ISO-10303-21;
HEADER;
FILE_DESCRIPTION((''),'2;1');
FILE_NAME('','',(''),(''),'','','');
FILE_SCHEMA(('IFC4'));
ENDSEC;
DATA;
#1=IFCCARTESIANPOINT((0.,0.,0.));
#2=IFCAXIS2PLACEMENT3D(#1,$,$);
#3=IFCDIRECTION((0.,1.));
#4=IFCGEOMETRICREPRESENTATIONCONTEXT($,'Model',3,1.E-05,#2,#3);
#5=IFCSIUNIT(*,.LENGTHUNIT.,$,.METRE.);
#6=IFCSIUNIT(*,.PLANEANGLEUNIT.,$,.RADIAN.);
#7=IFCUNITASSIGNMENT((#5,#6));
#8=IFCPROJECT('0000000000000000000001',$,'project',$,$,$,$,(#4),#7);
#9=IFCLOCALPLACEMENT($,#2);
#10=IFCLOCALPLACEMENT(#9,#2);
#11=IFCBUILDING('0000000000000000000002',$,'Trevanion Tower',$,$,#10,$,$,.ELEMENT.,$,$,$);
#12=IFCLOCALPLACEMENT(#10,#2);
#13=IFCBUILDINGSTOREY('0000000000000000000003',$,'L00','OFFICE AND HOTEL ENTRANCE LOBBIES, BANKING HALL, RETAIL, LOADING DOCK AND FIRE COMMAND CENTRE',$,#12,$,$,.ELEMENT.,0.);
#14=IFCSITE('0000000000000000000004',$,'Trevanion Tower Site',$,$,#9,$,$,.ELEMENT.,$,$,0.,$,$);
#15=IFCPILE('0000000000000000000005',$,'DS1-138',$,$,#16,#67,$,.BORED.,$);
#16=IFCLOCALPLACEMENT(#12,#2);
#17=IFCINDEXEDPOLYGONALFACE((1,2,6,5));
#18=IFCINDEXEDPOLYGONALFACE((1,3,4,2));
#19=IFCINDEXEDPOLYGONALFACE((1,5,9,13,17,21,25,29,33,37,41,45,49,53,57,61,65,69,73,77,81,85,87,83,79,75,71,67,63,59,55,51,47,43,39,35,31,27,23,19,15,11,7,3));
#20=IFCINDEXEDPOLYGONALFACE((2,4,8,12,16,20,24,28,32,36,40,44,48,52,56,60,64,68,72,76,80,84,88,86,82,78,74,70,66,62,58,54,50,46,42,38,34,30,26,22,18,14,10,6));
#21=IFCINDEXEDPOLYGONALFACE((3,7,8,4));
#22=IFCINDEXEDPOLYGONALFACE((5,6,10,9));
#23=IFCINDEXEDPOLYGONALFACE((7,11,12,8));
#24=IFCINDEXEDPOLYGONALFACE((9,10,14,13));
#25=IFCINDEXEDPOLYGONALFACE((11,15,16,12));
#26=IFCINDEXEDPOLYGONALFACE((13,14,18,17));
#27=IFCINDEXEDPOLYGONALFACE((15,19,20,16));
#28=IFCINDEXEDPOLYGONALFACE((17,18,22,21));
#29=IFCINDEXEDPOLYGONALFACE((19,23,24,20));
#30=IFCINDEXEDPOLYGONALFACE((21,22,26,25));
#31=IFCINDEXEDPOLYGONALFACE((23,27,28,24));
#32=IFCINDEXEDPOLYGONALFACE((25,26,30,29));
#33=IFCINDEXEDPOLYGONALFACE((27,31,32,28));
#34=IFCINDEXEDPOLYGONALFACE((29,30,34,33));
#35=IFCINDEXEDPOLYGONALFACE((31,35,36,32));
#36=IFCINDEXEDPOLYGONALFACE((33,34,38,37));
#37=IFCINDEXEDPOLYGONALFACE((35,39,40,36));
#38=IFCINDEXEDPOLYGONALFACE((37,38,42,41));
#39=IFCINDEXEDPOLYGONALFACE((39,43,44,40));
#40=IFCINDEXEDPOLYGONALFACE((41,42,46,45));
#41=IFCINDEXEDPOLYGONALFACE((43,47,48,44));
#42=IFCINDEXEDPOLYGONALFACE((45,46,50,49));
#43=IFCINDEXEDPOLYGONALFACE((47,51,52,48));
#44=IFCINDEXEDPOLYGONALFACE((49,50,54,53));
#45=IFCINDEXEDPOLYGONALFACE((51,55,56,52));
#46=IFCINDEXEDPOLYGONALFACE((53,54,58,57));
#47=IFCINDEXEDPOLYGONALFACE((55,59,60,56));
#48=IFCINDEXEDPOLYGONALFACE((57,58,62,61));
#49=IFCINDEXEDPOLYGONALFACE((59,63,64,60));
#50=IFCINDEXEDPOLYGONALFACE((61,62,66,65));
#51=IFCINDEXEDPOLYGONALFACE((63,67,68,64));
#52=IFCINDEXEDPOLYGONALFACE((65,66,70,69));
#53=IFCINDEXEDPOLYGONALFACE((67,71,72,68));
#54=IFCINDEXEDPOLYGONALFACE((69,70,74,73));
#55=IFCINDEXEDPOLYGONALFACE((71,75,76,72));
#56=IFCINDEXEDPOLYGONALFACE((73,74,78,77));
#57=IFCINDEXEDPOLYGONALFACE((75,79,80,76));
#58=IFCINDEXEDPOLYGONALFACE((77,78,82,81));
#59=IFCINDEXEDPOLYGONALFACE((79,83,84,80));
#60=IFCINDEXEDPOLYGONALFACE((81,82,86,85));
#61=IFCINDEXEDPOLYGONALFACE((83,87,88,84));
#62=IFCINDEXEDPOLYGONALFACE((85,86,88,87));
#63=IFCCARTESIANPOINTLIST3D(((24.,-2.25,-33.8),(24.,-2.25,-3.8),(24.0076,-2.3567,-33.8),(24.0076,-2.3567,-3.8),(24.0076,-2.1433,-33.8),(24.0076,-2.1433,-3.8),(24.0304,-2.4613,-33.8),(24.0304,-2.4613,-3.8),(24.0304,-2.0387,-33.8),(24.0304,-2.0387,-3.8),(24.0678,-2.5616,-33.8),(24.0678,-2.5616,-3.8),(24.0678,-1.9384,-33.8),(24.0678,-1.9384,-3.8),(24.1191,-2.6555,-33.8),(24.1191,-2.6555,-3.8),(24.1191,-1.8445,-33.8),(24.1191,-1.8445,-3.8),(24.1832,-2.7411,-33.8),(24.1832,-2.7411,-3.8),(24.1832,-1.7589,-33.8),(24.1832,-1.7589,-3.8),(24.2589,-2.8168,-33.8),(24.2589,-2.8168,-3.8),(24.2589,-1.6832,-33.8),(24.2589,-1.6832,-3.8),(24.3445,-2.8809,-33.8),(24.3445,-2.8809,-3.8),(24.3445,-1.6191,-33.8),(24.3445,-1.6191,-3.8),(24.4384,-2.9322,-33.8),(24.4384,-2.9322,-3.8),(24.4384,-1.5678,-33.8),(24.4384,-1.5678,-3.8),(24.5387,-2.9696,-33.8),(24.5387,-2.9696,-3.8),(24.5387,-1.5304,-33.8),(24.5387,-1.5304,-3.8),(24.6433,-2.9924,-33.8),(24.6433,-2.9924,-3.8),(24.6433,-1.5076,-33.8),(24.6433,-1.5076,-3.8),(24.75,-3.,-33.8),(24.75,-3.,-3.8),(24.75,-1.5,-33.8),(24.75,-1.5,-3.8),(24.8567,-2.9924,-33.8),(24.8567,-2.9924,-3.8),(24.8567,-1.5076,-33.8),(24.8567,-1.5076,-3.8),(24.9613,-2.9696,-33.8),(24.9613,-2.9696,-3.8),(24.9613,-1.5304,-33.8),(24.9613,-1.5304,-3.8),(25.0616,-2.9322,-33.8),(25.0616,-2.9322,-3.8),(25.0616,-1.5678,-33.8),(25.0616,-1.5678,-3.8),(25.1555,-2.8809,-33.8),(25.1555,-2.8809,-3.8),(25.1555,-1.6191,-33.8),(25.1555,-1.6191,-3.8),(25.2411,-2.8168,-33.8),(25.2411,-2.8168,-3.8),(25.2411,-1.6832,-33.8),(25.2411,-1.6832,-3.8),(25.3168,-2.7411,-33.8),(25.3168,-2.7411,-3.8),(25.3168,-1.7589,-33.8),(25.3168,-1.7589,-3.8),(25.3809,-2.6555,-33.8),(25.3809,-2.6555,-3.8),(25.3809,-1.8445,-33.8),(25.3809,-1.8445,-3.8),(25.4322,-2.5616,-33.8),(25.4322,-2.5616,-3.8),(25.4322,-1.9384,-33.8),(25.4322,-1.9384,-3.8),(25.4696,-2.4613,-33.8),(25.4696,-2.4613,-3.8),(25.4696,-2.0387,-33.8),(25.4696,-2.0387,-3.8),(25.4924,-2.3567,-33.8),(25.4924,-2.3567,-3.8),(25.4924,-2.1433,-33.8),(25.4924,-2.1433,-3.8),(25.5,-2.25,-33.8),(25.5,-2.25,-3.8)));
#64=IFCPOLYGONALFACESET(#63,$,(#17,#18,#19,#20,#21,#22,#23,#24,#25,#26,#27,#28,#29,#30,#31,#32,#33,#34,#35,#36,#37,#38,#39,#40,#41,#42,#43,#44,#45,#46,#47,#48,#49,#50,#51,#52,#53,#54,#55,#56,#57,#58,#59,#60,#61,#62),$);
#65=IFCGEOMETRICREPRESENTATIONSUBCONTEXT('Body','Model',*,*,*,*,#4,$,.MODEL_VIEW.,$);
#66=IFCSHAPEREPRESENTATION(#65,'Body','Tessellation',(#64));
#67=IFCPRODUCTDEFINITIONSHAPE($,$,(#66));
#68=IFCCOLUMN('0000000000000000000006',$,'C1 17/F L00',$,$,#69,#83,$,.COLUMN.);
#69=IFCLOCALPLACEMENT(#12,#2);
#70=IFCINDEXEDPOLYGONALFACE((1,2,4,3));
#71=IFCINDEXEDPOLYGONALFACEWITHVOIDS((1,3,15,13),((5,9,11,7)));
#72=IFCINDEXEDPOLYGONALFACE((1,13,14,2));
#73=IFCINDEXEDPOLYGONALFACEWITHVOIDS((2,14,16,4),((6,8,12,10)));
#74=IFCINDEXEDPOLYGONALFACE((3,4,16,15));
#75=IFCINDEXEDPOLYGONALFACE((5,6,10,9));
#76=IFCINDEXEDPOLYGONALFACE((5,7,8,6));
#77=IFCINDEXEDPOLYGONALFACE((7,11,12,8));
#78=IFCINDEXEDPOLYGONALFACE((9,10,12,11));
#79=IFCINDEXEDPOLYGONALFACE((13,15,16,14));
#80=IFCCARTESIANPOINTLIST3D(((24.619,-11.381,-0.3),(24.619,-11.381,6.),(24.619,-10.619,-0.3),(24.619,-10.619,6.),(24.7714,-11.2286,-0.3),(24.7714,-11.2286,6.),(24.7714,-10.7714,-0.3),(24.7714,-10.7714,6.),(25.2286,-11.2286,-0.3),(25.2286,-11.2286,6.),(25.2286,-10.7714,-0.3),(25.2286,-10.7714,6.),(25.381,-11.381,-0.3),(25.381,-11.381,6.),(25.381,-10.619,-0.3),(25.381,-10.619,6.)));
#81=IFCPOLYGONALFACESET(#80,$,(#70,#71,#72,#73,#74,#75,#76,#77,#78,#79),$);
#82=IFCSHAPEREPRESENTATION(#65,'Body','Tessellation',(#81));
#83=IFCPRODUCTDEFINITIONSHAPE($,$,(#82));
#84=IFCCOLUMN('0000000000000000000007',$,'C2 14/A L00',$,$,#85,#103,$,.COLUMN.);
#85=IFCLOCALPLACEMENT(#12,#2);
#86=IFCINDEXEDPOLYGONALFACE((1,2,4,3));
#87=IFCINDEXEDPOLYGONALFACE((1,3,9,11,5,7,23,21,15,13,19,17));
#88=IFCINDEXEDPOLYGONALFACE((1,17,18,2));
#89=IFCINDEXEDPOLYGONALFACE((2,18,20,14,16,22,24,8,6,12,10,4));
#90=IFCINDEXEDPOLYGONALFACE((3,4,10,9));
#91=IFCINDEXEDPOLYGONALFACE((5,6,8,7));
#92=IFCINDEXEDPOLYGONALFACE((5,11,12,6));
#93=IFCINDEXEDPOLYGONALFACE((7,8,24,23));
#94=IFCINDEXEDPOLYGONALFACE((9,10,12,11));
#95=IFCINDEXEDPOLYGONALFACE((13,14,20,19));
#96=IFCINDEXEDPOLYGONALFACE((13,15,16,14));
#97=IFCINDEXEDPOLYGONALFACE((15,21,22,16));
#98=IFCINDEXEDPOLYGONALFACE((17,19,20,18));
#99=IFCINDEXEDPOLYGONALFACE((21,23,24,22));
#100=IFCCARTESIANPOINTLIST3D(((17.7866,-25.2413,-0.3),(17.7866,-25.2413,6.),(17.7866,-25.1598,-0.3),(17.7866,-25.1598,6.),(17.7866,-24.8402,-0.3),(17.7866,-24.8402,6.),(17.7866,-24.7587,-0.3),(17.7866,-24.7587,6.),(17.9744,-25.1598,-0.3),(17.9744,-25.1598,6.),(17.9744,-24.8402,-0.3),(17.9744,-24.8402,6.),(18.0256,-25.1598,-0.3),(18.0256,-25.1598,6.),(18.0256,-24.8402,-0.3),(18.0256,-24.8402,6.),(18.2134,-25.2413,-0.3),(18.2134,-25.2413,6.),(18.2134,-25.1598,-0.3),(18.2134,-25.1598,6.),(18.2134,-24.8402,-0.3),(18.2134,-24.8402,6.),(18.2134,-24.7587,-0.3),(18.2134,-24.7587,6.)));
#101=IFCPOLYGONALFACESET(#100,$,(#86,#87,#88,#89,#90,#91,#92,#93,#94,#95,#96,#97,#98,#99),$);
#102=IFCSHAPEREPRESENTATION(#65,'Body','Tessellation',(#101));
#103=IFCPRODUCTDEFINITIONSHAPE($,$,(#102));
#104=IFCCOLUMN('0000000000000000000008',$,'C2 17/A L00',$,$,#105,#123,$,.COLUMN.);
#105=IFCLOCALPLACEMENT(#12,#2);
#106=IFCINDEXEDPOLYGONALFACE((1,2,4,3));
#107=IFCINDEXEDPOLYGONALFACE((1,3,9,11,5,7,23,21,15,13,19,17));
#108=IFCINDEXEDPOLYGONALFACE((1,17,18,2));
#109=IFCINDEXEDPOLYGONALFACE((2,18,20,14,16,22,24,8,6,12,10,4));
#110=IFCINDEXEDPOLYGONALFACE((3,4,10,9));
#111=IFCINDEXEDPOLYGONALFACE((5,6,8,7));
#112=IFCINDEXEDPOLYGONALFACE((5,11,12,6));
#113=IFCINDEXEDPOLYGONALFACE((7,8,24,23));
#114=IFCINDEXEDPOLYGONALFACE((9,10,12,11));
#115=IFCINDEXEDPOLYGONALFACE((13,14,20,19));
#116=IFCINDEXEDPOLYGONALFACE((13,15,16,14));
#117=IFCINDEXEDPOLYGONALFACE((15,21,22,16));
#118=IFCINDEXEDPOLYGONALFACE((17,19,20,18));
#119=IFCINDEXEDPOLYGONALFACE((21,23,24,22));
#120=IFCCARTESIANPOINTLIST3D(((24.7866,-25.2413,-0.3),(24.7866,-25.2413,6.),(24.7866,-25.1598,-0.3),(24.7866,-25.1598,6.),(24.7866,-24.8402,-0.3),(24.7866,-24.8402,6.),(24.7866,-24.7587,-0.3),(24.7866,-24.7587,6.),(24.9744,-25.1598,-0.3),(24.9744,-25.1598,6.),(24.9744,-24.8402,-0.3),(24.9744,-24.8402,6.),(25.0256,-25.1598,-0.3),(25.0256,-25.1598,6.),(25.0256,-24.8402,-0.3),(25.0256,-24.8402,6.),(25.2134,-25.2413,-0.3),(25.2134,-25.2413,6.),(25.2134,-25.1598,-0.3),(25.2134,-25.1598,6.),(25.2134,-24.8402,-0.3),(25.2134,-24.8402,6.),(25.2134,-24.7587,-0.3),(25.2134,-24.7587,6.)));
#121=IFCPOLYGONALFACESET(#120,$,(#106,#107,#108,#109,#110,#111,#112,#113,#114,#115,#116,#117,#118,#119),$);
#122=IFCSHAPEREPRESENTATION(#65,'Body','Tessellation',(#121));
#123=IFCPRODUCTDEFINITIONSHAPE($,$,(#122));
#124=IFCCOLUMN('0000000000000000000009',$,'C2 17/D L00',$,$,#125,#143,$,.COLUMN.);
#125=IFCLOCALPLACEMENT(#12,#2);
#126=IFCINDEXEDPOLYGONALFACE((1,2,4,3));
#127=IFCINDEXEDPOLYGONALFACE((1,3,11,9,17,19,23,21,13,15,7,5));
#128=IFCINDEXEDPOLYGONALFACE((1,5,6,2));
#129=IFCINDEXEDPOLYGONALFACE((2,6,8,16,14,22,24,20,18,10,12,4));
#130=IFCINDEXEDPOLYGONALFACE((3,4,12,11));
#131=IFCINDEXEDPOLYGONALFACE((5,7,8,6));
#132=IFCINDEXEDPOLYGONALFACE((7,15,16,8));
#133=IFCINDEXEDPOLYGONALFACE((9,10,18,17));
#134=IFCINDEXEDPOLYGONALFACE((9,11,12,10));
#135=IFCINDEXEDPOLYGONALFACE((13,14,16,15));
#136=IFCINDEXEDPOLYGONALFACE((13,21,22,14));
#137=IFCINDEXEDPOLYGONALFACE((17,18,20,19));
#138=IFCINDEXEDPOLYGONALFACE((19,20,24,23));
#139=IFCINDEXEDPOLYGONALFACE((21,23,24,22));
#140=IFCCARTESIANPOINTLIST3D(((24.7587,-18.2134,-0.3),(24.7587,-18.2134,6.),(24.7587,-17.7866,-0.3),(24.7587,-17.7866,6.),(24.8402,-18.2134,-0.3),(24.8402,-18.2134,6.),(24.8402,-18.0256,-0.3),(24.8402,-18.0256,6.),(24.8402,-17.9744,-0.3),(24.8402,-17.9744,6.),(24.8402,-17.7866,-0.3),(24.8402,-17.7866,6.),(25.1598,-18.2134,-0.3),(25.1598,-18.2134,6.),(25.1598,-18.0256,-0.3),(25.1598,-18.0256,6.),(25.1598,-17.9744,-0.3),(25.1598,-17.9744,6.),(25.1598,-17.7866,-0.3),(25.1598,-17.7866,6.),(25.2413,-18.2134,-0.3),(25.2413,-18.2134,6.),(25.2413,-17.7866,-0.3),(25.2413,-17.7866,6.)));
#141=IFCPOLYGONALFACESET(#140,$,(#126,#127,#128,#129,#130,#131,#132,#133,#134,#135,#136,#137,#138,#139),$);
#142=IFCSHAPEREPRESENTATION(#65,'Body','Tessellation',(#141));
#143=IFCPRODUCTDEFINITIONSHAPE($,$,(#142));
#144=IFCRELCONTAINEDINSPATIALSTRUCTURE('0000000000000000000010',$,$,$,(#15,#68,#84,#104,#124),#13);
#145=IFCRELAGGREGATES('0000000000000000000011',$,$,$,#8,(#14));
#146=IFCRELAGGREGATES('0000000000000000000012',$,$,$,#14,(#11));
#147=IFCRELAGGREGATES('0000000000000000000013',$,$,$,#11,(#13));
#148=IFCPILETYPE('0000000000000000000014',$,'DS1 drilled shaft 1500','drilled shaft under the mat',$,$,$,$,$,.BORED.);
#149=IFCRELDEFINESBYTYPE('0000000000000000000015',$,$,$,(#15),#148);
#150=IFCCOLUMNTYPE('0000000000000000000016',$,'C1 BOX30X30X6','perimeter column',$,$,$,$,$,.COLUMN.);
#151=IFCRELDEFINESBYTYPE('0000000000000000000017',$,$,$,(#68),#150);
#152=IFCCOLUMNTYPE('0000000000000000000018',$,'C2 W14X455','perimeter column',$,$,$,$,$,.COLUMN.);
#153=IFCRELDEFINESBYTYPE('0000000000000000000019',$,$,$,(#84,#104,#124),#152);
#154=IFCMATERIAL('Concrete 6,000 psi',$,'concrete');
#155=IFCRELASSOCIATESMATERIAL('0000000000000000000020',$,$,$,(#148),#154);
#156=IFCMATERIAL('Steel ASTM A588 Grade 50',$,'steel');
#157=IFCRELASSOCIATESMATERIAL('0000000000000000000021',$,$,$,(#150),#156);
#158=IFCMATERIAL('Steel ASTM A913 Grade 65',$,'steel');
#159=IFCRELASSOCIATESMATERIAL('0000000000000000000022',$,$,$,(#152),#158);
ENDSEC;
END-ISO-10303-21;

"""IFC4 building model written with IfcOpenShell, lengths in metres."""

from ifc_helpers import new_model, si_unit, direction, frame, origin, origin_2d, place, context, subcontext, project, spatial, hollow_rectangle, circle, i_section, extrude, material, material_profile, profile_set, type_object, element, save


model = new_model("IFC4")

# Units and contexts
model_context = context("Model", 3, precision=1e-05, world=origin(), true_north=direction((0.0, 1.0)))
body_context = subcontext(model_context, "Body", "Model", "MODEL_VIEW")
ifc_project = project(units=[si_unit("LENGTHUNIT", "METRE"), si_unit("PLANEANGLEUNIT", "RADIAN")], contexts=[model_context])

# Site, building, storey
site_placement = place(None, origin())
site = spatial("IfcSite", under=ifc_project, at=site_placement, Name="Trevanion Tower Site", CompositionType="ELEMENT", RefElevation=0.0)
building_placement = place(site_placement, origin())
building = spatial("IfcBuilding", under=site, at=building_placement, Name="Trevanion Tower", CompositionType="ELEMENT")
storey_placement = place(building_placement, origin())
storey = spatial("IfcBuildingStorey", under=building, at=storey_placement, Name="L00", Description="OFFICE AND HOTEL ENTRANCE LOBBIES, BANKING HALL, RETAIL, LOADING DOCK AND FIRE COMMAND CENTRE", CompositionType="ELEMENT", Elevation=0.0)

# Pile
ifc_material_1 = material(Name="Concrete 6,000 psi", Category="concrete")
ifc_material_profile_1 = material_profile(ifc_material_1, circle(Radius=0.75, at=origin_2d()), Name="DS1 drilled shaft 1500")
ifc_profile_set_1 = profile_set([ifc_material_profile_1], Name="Concrete 6,000 psi")
pile_type_1 = type_object("IfcPileType", Name="DS1 drilled shaft 1500", Description="drilled shaft under the mat", PredefinedType="BORED", material=ifc_profile_set_1)
for number, where, z_axis, x_axis, name in (
    (1, (24.75, -2.25, -3.8), (0.0, 0.0, -1.0), (1.0, 0.0, 0.0), "DS1-138"),
):
    element("IfcPile", number, at=place(storey_placement, frame(where, z_axis=z_axis, x_axis=x_axis)), inside=storey, type_object=pile_type_1, Name=name, PredefinedType="BORED", context=body_context, shape_type="SweptSolid", body=[
        extrude(circle(Radius=0.75, at=origin_2d()), origin(), (0.0, 0.0, 1.0), 30.0),
    ])

# Columns
ifc_material_2 = material(Name="Steel ASTM A588 Grade 50", Category="steel")
ifc_material_profile_2 = material_profile(ifc_material_2, hollow_rectangle(XDim=0.762, YDim=0.762, WallThickness=0.1523, at=origin_2d()), Name="BOX30X30X6")
ifc_profile_set_2 = profile_set([ifc_material_profile_2], Name="Steel ASTM A588 Grade 50")
column_type_1 = type_object("IfcColumnType", Name="C1 BOX30X30X6", Description="perimeter column", PredefinedType="COLUMN", material=ifc_profile_set_2)
column_placement = place(storey_placement, frame((25.0, -11.0, -0.3), z_axis=(0.0, 0.0, 1.0), x_axis=(0.0, 1.0, 0.0)))
element("IfcColumn", 2, at=column_placement, inside=storey, type_object=column_type_1, Name="C1 17/F L00", PredefinedType="COLUMN", context=body_context, shape_type="SweptSolid", body=[
    extrude(hollow_rectangle(XDim=0.762, YDim=0.762, WallThickness=0.1523, at=origin_2d()), origin(), (0.0, 0.0, 1.0), 6.3),
])
ifc_material_3 = material(Name="Steel ASTM A913 Grade 65", Category="steel")
ifc_material_profile_3 = material_profile(ifc_material_3, i_section(OverallWidth=0.4268, OverallDepth=0.4827, WebThickness=0.0513, FlangeThickness=0.0815, at=origin_2d()), Name="W14X455")
ifc_profile_set_3 = profile_set([ifc_material_profile_3], Name="Steel ASTM A913 Grade 65")
column_type_2 = type_object("IfcColumnType", Name="C2 W14X455", Description="perimeter column", PredefinedType="COLUMN", material=ifc_profile_set_3)
for number, where, z_axis, x_axis, name in (
    (3, (18.0, -25.0, -0.3), (0.0, 0.0, 1.0), (1.0, 0.0, 0.0), "C2 14/A L00"),
    (4, (25.0, -25.0, -0.3), (0.0, 0.0, 1.0), (1.0, 0.0, 0.0), "C2 17/A L00"),
    (5, (25.0, -18.0, -0.3), (0.0, 0.0, 1.0), (0.0, 1.0, 0.0), "C2 17/D L00"),
):
    element("IfcColumn", number, at=place(storey_placement, frame(where, z_axis=z_axis, x_axis=x_axis)), inside=storey, type_object=column_type_2, Name=name, PredefinedType="COLUMN", context=body_context, shape_type="SweptSolid", body=[
        extrude(i_section(OverallWidth=0.4268, OverallDepth=0.4827, WebThickness=0.0513, FlangeThickness=0.0815, at=origin_2d()), origin(), (0.0, 0.0, 1.0), 6.3),
    ])

save(model, "model.ifc")
